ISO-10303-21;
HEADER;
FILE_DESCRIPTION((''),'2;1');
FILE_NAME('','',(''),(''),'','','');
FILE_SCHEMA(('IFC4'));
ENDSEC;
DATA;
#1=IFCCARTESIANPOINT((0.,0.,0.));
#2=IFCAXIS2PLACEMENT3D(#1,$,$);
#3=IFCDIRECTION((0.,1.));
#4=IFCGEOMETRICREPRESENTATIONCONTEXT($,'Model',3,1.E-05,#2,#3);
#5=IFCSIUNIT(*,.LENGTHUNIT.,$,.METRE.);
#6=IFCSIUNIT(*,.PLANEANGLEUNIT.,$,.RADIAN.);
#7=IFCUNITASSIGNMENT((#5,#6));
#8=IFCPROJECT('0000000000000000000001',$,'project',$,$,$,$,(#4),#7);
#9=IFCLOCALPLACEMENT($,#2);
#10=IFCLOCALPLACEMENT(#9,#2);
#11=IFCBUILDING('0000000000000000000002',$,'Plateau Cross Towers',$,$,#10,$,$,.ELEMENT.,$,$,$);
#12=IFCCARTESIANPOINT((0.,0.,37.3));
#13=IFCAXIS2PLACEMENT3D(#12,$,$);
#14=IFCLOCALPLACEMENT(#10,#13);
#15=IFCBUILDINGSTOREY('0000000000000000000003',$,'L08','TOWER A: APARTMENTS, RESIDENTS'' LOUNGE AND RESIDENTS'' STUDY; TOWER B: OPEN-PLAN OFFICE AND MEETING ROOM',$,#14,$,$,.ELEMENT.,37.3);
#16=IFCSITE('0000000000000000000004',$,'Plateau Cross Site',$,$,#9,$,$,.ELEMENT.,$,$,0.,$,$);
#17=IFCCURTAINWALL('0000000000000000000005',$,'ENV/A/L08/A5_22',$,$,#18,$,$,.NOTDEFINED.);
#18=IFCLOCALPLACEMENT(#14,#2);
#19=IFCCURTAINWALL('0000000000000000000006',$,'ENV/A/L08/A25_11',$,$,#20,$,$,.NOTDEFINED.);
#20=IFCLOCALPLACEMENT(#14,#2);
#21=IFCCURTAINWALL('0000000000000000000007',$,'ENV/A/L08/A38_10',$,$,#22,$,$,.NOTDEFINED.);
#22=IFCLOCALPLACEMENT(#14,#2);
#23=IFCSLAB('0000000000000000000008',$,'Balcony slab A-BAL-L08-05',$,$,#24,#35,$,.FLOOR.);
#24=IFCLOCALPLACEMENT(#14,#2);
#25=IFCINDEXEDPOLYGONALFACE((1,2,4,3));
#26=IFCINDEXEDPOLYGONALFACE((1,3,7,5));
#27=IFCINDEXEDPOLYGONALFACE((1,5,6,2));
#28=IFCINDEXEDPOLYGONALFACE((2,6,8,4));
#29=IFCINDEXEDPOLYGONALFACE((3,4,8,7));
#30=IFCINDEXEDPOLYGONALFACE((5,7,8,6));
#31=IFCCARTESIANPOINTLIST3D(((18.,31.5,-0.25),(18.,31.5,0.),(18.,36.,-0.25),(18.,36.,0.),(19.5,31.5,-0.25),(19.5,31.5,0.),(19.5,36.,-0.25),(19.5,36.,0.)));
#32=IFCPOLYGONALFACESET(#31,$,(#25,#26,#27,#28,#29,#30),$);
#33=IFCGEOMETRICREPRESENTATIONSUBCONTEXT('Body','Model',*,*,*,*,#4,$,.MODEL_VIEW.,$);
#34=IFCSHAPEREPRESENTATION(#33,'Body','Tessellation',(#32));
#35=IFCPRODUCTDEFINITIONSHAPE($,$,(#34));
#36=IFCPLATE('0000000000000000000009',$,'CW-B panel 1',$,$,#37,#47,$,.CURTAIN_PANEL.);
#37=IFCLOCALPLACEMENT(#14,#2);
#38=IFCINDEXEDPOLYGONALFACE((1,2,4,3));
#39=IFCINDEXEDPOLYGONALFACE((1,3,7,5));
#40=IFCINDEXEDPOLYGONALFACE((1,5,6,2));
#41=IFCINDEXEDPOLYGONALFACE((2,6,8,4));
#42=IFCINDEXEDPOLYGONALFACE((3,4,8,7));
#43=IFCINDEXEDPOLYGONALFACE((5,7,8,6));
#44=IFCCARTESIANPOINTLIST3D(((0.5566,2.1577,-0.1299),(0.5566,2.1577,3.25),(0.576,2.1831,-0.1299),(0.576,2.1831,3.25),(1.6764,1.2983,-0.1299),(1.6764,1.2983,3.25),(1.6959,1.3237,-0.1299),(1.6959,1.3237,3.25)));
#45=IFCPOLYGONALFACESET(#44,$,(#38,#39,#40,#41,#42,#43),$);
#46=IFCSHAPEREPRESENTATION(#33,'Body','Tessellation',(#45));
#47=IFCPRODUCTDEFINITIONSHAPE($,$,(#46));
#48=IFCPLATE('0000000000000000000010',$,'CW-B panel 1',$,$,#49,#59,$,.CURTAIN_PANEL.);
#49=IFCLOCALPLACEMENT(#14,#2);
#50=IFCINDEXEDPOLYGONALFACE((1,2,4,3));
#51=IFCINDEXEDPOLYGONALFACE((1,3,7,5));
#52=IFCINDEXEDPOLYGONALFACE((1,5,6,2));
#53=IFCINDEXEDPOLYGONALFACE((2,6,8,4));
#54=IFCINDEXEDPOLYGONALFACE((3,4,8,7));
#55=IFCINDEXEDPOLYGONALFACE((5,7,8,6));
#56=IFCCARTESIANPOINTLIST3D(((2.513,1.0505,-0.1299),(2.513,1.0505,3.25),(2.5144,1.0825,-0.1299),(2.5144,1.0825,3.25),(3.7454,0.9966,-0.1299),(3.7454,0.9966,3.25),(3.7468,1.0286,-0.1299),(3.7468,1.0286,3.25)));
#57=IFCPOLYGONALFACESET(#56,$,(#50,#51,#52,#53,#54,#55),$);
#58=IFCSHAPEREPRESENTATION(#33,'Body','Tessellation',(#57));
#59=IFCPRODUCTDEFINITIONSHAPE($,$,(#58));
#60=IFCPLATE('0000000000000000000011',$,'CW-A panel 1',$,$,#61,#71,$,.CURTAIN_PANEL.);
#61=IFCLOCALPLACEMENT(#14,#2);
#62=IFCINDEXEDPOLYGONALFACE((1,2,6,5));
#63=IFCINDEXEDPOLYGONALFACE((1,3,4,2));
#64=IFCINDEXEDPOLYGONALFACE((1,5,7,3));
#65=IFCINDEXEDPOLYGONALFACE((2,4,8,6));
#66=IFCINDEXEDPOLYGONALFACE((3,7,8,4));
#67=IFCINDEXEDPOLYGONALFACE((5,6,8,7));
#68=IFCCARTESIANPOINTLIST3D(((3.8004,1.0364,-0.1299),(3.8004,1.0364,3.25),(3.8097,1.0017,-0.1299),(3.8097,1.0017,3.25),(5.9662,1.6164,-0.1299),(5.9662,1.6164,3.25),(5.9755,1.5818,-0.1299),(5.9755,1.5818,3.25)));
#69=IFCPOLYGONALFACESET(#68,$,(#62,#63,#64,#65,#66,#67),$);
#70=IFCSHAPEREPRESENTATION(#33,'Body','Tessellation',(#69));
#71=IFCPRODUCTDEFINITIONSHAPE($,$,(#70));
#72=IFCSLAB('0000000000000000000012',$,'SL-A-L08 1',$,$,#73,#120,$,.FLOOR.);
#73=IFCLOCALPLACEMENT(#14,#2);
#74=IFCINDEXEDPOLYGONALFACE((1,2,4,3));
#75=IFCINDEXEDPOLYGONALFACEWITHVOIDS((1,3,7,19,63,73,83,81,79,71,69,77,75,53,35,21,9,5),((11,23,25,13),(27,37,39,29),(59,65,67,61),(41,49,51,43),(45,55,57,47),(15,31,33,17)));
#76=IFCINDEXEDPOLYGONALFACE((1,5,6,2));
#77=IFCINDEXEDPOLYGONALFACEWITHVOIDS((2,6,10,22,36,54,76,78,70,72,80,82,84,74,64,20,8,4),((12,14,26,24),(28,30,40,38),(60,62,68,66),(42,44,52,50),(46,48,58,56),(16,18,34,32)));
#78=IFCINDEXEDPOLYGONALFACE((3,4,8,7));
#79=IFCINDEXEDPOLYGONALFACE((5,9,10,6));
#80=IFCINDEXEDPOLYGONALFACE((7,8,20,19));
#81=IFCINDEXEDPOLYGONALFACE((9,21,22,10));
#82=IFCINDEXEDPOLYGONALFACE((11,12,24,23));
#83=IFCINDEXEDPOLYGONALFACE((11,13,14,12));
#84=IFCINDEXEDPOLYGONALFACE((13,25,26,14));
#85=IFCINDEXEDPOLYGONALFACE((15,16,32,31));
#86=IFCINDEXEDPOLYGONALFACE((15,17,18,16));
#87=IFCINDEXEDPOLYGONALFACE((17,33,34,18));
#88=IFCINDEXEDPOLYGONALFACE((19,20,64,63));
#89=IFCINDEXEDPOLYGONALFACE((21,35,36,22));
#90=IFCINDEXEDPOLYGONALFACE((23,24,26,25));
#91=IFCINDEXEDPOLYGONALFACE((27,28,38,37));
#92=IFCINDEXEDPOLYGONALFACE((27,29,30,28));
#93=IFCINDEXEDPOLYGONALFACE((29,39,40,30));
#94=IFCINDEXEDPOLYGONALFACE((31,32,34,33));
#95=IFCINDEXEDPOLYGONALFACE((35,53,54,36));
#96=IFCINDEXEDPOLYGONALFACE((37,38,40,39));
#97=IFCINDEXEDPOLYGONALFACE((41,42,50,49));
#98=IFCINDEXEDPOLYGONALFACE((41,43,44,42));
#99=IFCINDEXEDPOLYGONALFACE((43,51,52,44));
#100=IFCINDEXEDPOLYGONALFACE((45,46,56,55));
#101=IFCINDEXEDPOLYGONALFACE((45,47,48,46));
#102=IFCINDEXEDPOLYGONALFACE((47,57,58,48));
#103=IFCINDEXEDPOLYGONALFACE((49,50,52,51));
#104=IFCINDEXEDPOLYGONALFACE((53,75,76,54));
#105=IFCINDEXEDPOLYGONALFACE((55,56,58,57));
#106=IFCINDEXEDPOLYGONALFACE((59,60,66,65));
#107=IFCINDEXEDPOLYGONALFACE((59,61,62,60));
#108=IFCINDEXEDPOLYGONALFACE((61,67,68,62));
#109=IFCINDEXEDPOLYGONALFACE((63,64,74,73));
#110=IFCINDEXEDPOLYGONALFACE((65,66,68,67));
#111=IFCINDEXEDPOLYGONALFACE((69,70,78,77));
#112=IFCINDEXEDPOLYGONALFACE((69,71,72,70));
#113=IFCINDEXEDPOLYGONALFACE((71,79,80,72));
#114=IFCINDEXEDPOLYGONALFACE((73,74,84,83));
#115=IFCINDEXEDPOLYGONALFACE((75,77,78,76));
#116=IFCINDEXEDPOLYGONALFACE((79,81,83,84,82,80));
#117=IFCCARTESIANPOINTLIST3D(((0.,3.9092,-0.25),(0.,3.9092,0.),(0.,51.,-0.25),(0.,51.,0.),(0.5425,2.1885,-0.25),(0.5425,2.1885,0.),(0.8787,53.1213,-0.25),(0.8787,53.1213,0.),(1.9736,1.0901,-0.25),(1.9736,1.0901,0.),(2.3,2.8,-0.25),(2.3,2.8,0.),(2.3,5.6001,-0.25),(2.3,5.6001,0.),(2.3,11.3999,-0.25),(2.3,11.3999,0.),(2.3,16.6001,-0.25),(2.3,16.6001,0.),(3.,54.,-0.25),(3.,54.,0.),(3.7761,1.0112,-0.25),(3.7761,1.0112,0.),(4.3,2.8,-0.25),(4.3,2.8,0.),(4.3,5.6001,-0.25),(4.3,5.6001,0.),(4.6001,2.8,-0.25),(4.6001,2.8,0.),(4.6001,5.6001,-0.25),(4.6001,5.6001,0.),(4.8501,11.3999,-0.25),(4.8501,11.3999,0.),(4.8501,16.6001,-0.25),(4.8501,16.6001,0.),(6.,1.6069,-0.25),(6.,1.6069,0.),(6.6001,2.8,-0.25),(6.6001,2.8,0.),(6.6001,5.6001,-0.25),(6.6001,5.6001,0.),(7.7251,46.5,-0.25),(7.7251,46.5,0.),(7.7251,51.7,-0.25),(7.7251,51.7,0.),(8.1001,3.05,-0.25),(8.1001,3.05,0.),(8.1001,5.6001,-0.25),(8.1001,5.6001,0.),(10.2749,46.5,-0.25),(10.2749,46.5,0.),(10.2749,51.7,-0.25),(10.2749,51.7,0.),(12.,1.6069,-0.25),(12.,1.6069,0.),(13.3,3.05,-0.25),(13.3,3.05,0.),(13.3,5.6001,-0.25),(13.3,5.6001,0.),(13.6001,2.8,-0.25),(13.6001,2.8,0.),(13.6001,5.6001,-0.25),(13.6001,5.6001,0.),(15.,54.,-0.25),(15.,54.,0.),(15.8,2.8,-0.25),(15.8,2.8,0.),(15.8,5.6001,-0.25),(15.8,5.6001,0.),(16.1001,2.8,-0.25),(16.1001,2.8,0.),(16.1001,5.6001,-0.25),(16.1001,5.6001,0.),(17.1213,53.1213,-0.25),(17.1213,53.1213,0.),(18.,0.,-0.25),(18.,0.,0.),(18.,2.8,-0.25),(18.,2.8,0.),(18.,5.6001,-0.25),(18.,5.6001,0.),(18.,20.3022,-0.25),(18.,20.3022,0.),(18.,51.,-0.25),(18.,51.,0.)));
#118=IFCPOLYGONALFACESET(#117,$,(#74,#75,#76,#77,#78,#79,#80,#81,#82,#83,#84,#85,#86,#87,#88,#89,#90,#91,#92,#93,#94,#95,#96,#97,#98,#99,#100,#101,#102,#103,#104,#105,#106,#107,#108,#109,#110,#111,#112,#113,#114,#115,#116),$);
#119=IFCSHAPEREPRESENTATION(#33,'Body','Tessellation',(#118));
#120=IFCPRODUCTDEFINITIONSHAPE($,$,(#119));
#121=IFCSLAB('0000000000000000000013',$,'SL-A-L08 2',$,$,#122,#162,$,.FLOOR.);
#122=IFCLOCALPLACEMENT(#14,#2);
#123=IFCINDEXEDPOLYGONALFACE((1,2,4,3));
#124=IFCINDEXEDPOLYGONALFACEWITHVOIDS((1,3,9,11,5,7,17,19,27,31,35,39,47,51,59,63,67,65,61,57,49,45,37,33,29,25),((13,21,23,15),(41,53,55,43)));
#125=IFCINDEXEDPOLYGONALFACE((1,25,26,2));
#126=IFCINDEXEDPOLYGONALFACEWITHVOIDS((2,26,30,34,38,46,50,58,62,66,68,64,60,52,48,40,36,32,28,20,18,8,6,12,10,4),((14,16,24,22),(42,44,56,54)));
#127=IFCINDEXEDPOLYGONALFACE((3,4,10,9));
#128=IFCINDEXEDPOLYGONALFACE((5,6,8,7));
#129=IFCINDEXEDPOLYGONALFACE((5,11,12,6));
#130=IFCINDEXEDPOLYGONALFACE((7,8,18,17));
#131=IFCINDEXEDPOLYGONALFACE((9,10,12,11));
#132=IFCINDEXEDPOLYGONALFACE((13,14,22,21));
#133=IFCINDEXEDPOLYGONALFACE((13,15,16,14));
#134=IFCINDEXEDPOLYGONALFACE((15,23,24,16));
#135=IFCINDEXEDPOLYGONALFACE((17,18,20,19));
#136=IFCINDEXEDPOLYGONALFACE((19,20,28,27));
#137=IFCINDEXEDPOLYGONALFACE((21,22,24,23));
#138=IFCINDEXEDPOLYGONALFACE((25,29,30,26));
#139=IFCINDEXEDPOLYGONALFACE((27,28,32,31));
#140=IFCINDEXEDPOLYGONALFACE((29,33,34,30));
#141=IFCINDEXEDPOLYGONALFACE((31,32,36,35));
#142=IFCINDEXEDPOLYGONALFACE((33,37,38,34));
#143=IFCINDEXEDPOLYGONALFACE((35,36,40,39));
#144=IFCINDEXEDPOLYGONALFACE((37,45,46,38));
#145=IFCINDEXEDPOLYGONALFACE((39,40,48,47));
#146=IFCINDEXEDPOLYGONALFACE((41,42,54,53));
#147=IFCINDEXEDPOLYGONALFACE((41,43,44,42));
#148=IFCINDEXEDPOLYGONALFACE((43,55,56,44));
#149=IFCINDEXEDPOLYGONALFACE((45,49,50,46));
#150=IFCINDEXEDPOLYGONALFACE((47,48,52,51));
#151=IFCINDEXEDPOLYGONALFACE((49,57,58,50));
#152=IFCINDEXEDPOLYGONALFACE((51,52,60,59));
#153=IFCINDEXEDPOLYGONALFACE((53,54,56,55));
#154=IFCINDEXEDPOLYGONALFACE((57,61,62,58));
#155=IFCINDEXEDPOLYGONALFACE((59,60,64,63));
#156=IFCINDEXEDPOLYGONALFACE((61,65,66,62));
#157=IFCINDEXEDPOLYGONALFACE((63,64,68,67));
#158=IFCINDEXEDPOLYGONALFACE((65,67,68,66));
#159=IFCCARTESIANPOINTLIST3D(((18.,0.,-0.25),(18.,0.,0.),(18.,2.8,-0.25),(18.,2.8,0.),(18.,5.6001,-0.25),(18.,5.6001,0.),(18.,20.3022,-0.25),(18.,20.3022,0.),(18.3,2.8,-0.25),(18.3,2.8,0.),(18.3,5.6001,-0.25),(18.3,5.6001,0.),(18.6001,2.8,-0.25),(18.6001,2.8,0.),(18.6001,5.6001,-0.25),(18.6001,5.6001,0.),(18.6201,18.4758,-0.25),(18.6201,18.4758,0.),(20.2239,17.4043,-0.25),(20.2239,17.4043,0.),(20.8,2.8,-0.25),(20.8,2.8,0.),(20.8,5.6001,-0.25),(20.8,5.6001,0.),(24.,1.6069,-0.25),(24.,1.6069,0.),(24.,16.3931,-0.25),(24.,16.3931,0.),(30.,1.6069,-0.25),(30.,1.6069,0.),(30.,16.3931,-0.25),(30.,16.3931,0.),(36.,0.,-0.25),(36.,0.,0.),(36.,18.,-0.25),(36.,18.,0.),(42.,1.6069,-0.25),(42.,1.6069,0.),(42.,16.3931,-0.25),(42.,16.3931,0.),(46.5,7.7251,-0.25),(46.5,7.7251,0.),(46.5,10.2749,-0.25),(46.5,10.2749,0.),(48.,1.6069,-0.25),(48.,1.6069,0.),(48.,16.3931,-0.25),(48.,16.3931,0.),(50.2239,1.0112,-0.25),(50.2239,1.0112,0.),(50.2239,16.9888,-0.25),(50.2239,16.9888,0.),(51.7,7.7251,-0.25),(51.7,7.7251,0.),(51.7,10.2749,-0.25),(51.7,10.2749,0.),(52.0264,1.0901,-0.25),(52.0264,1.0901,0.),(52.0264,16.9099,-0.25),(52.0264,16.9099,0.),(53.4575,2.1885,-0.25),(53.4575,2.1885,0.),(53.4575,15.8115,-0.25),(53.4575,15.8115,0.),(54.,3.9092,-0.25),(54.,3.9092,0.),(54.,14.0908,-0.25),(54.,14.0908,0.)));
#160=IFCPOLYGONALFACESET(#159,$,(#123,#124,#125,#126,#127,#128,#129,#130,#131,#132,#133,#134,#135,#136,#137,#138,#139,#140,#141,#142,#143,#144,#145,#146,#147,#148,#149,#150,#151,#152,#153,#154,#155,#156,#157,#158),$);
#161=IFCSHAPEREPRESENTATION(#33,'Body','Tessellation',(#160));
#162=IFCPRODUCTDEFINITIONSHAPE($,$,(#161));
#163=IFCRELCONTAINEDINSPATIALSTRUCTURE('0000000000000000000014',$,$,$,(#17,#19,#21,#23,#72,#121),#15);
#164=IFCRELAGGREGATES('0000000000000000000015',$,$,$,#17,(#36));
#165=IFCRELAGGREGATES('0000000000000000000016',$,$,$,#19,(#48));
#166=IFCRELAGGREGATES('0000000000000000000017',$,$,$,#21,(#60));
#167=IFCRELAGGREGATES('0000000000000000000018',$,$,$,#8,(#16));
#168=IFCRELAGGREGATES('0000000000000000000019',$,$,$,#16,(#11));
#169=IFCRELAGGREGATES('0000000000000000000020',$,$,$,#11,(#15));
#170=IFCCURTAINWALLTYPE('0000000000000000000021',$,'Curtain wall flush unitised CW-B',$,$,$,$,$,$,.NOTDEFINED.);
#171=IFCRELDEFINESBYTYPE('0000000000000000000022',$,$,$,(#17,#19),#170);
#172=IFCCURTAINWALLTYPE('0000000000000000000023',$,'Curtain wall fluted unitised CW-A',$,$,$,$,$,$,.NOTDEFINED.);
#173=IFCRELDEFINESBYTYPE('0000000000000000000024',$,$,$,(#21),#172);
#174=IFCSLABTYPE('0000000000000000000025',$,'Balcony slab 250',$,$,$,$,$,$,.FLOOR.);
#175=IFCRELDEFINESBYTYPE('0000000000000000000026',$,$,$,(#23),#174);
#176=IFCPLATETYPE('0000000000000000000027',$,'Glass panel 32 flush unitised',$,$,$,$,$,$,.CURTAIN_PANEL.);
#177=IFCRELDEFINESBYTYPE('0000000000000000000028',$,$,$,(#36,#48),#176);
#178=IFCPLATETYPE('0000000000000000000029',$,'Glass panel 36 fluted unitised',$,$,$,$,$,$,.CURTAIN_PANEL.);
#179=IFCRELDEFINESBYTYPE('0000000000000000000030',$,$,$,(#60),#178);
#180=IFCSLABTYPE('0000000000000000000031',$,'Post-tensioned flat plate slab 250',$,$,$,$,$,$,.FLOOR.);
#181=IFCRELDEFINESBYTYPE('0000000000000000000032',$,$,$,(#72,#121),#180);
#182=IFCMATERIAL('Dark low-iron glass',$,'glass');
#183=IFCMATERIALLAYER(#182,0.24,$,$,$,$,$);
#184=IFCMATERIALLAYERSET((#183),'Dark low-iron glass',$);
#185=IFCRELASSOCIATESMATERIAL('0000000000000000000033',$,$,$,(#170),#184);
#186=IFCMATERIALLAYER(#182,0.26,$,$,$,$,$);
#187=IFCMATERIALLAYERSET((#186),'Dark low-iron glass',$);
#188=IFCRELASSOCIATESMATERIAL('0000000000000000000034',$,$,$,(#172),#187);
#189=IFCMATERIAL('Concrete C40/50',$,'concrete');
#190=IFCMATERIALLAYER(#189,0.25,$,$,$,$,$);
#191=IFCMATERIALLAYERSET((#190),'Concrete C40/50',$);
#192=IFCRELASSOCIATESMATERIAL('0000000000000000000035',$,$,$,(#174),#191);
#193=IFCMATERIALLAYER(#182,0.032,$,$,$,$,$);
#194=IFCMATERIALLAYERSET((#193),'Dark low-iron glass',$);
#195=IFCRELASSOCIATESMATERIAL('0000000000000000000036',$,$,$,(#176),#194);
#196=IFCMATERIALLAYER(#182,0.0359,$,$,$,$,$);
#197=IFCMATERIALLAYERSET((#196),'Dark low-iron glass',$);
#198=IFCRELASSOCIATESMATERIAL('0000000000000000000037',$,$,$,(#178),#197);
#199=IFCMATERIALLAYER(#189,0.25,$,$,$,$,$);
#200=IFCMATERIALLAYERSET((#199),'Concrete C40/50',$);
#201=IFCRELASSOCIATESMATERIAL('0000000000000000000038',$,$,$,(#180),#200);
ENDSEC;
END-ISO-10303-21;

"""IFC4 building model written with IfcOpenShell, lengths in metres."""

from ifc_helpers import new_model, si_unit, direction, frame, origin, origin_2d, place, context, subcontext, project, spatial, polyline, rectangle, outline, extrude, material, layer, layer_set, type_object, element, aggregate, save


model = new_model("IFC4")

# Units and contexts
model_context = context("Model", 3, precision=1e-05, world=origin(), true_north=direction((0.0, 1.0)))
body_context = subcontext(model_context, "Body", "Model", "MODEL_VIEW")
ifc_project = project(units=[si_unit("LENGTHUNIT", "METRE"), si_unit("PLANEANGLEUNIT", "RADIAN")], contexts=[model_context])

# Site, building, storey
site_placement = place(None, origin())
site = spatial("IfcSite", under=ifc_project, at=site_placement, Name="Plateau Cross Site", CompositionType="ELEMENT", RefElevation=0.0)
building_placement = place(site_placement, origin())
building = spatial("IfcBuilding", under=site, at=building_placement, Name="Plateau Cross Towers", CompositionType="ELEMENT")
storey_placement = place(building_placement, frame((0.0, 0.0, 37.3)))
storey = spatial("IfcBuildingStorey", under=building, at=storey_placement, Name="L08", Description="TOWER A: APARTMENTS, RESIDENTS' LOUNGE AND RESIDENTS' STUDY; TOWER B: OPEN-PLAN OFFICE AND MEETING ROOM", CompositionType="ELEMENT", Elevation=37.3)

# Curtain wall
ifc_material_1 = material(Name="Dark low-iron glass", Category="glass")
ifc_layer_1 = layer(ifc_material_1, 0.24)
ifc_layer_set_1 = layer_set([ifc_layer_1], Name="Dark low-iron glass")
curtain_wall_type_1 = type_object("IfcCurtainWallType", Name="Curtain wall flush unitised CW-B", PredefinedType="NOTDEFINED", material=ifc_layer_set_1)
curtain_wall_1_placement = place(storey_placement, origin())
curtain_wall_1 = element("IfcCurtainWall", 1, at=curtain_wall_1_placement, inside=storey, type_object=curtain_wall_type_1, Name="ENV/A/L08/A5_22", PredefinedType="NOTDEFINED")

# Curtain walls
curtain_wall_2_placement = place(storey_placement, origin())
curtain_wall_2 = element("IfcCurtainWall", 2, at=curtain_wall_2_placement, inside=storey, type_object=curtain_wall_type_1, Name="ENV/A/L08/A25_11", PredefinedType="NOTDEFINED")
ifc_layer_2 = layer(ifc_material_1, 0.26)
ifc_layer_set_2 = layer_set([ifc_layer_2], Name="Dark low-iron glass")
curtain_wall_type_2 = type_object("IfcCurtainWallType", Name="Curtain wall fluted unitised CW-A", PredefinedType="NOTDEFINED", material=ifc_layer_set_2)
curtain_wall_3_placement = place(storey_placement, origin())
curtain_wall_3 = element("IfcCurtainWall", 3, at=curtain_wall_3_placement, inside=storey, type_object=curtain_wall_type_2, Name="ENV/A/L08/A38_10", PredefinedType="NOTDEFINED")

# Slab
ifc_material_2 = material(Name="Concrete C40/50", Category="concrete")
ifc_layer_3 = layer(ifc_material_2, 0.25)
ifc_layer_set_3 = layer_set([ifc_layer_3], Name="Concrete C40/50")
slab_type_1 = type_object("IfcSlabType", Name="Balcony slab 250", PredefinedType="FLOOR", material=ifc_layer_set_3)
slab_1_placement = place(storey_placement, frame((0.0, 0.0, -0.25)))
element("IfcSlab", 4, at=slab_1_placement, inside=storey, type_object=slab_type_1, Name="Balcony slab A-BAL-L08-05", PredefinedType="FLOOR", context=body_context, shape_type="SweptSolid", body=[
    extrude(outline(polyline([(19.5, 31.5), (19.5, 36.0), (18.0, 36.0), (18.0, 31.5), (19.5, 31.5)])), origin(), (0.0, 0.0, 1.0), 0.25),
])

# Plates
ifc_layer_4 = layer(ifc_material_1, 0.032)
ifc_layer_set_4 = layer_set([ifc_layer_4], Name="Dark low-iron glass")
plate_type_1 = type_object("IfcPlateType", Name="Glass panel 32 flush unitised", PredefinedType="CURTAIN_PANEL", material=ifc_layer_set_4)
plate_1_placement = place(storey_placement, frame((1.1262, 1.7407, -0.1299), z_axis=(0.0, 0.0, 1.0), x_axis=(0.793316, -0.608811, 0.0)))
plate_1 = element("IfcPlate", 5, at=plate_1_placement, type_object=plate_type_1, Name="CW-B panel 1", PredefinedType="CURTAIN_PANEL", context=body_context, shape_type="SweptSolid", body=[
    extrude(rectangle(XDim=1.4116, YDim=0.032, at=origin_2d()), origin(), (0.0, 0.0, 1.0), 3.3799),
])
aggregate(curtain_wall_1, [plate_1])
plate_2_placement = place(storey_placement, frame((3.1299, 1.0396, -0.1299), z_axis=(0.0, 0.0, 1.0), x_axis=(0.999044, -0.043723, 0.0)))
plate_2 = element("IfcPlate", 6, at=plate_2_placement, type_object=plate_type_1, Name="CW-B panel 1", PredefinedType="CURTAIN_PANEL", context=body_context, shape_type="SweptSolid", body=[
    extrude(rectangle(XDim=1.2336, YDim=0.032, at=origin_2d()), origin(), (0.0, 0.0, 1.0), 3.3799),
])
aggregate(curtain_wall_2, [plate_2])
ifc_layer_5 = layer(ifc_material_1, 0.0359)
ifc_layer_set_5 = layer_set([ifc_layer_5], Name="Dark low-iron glass")
plate_type_2 = type_object("IfcPlateType", Name="Glass panel 36 fluted unitised", PredefinedType="CURTAIN_PANEL", material=ifc_layer_set_5)
plate_3_placement = place(storey_placement, frame((4.8879, 1.3091, -0.1299), z_axis=(0.0, 0.0, 1.0), x_axis=(0.965958, 0.258699, 0.0)))
plate_3 = element("IfcPlate", 7, at=plate_3_placement, type_object=plate_type_2, Name="CW-A panel 1", PredefinedType="CURTAIN_PANEL", context=body_context, shape_type="SweptSolid", body=[
    extrude(rectangle(XDim=2.2422, YDim=0.0359, at=origin_2d()), origin(), (0.0, 0.0, 1.0), 3.3799),
])
aggregate(curtain_wall_3, [plate_3])

# Slabs
ifc_layer_6 = layer(ifc_material_2, 0.25)
ifc_layer_set_6 = layer_set([ifc_layer_6], Name="Concrete C40/50")
slab_type_2 = type_object("IfcSlabType", Name="Post-tensioned flat plate slab 250", PredefinedType="FLOOR", material=ifc_layer_set_6)
slab_2_placement = place(storey_placement, frame((0.0, 0.0, -0.25)))
element("IfcSlab", 8, at=slab_2_placement, inside=storey, type_object=slab_type_2, Name="SL-A-L08 1", PredefinedType="FLOOR", context=body_context, shape_type="SweptSolid", body=[
    extrude(outline(polyline([(0.5425, 2.1885), (0.0, 3.9092), (0.0, 51.0), (0.8787, 53.1213), (3.0, 54.0), (15.0, 54.0), (17.1213, 53.1213), (18.0, 51.0), (18.0, 20.3022), (18.0, 5.6001), (16.1001, 5.6001), (16.1001, 2.8), (18.0, 2.8), (18.0, 0.0), (12.0, 1.6069), (6.0, 1.6069), (3.7761, 1.0112), (1.9736, 1.0901), (0.5425, 2.1885)]), holes=[polyline([(4.3, 5.6001), (2.3, 5.6001), (2.3, 2.8), (4.3, 2.8), (4.3, 5.6001)]), polyline([(6.6001, 5.6001), (4.6001, 5.6001), (4.6001, 2.8), (6.6001, 2.8), (6.6001, 5.6001)]), polyline([(15.8, 5.6001), (13.6001, 5.6001), (13.6001, 2.8), (15.8, 2.8), (15.8, 5.6001)]), polyline([(13.3, 5.6001), (8.1001, 5.6001), (8.1001, 3.05), (13.3, 3.05), (13.3, 5.6001)]), polyline([(4.8501, 16.6001), (2.3, 16.6001), (2.3, 11.3999), (4.8501, 11.3999), (4.8501, 16.6001)]), polyline([(7.7251, 51.7), (7.7251, 46.5), (10.2749, 46.5), (10.2749, 51.7), (7.7251, 51.7)])]), origin(), (0.0, 0.0, 1.0), 0.25),
])
slab_3_placement = place(storey_placement, frame((0.0, 0.0, -0.25)))
element("IfcSlab", 9, at=slab_3_placement, inside=storey, type_object=slab_type_2, Name="SL-A-L08 2", PredefinedType="FLOOR", context=body_context, shape_type="SweptSolid", body=[
    extrude(outline(polyline([(18.6201, 18.4758), (20.2239, 17.4043), (24.0, 16.3931), (30.0, 16.3931), (36.0, 18.0), (42.0, 16.3931), (48.0, 16.3931), (50.2239, 16.9888), (52.0264, 16.9099), (53.4575, 15.8115), (54.0, 14.0908), (54.0, 3.9092), (53.4575, 2.1885), (52.0264, 1.0901), (50.2239, 1.0112), (48.0, 1.6069), (42.0, 1.6069), (36.0, 0.0), (30.0, 1.6069), (24.0, 1.6069), (18.0, 0.0), (18.0, 2.8), (18.3, 2.8), (18.3, 5.6001), (18.0, 5.6001), (18.0, 20.3022), (18.6201, 18.4758)]), holes=[polyline([(20.8, 5.6001), (18.6001, 5.6001), (18.6001, 2.8), (20.8, 2.8), (20.8, 5.6001)]), polyline([(51.7, 7.7251), (51.7, 10.2749), (46.5, 10.2749), (46.5, 7.7251), (51.7, 7.7251)])]), origin(), (0.0, 0.0, 1.0), 0.25),
])

save(model, "model.ifc")
